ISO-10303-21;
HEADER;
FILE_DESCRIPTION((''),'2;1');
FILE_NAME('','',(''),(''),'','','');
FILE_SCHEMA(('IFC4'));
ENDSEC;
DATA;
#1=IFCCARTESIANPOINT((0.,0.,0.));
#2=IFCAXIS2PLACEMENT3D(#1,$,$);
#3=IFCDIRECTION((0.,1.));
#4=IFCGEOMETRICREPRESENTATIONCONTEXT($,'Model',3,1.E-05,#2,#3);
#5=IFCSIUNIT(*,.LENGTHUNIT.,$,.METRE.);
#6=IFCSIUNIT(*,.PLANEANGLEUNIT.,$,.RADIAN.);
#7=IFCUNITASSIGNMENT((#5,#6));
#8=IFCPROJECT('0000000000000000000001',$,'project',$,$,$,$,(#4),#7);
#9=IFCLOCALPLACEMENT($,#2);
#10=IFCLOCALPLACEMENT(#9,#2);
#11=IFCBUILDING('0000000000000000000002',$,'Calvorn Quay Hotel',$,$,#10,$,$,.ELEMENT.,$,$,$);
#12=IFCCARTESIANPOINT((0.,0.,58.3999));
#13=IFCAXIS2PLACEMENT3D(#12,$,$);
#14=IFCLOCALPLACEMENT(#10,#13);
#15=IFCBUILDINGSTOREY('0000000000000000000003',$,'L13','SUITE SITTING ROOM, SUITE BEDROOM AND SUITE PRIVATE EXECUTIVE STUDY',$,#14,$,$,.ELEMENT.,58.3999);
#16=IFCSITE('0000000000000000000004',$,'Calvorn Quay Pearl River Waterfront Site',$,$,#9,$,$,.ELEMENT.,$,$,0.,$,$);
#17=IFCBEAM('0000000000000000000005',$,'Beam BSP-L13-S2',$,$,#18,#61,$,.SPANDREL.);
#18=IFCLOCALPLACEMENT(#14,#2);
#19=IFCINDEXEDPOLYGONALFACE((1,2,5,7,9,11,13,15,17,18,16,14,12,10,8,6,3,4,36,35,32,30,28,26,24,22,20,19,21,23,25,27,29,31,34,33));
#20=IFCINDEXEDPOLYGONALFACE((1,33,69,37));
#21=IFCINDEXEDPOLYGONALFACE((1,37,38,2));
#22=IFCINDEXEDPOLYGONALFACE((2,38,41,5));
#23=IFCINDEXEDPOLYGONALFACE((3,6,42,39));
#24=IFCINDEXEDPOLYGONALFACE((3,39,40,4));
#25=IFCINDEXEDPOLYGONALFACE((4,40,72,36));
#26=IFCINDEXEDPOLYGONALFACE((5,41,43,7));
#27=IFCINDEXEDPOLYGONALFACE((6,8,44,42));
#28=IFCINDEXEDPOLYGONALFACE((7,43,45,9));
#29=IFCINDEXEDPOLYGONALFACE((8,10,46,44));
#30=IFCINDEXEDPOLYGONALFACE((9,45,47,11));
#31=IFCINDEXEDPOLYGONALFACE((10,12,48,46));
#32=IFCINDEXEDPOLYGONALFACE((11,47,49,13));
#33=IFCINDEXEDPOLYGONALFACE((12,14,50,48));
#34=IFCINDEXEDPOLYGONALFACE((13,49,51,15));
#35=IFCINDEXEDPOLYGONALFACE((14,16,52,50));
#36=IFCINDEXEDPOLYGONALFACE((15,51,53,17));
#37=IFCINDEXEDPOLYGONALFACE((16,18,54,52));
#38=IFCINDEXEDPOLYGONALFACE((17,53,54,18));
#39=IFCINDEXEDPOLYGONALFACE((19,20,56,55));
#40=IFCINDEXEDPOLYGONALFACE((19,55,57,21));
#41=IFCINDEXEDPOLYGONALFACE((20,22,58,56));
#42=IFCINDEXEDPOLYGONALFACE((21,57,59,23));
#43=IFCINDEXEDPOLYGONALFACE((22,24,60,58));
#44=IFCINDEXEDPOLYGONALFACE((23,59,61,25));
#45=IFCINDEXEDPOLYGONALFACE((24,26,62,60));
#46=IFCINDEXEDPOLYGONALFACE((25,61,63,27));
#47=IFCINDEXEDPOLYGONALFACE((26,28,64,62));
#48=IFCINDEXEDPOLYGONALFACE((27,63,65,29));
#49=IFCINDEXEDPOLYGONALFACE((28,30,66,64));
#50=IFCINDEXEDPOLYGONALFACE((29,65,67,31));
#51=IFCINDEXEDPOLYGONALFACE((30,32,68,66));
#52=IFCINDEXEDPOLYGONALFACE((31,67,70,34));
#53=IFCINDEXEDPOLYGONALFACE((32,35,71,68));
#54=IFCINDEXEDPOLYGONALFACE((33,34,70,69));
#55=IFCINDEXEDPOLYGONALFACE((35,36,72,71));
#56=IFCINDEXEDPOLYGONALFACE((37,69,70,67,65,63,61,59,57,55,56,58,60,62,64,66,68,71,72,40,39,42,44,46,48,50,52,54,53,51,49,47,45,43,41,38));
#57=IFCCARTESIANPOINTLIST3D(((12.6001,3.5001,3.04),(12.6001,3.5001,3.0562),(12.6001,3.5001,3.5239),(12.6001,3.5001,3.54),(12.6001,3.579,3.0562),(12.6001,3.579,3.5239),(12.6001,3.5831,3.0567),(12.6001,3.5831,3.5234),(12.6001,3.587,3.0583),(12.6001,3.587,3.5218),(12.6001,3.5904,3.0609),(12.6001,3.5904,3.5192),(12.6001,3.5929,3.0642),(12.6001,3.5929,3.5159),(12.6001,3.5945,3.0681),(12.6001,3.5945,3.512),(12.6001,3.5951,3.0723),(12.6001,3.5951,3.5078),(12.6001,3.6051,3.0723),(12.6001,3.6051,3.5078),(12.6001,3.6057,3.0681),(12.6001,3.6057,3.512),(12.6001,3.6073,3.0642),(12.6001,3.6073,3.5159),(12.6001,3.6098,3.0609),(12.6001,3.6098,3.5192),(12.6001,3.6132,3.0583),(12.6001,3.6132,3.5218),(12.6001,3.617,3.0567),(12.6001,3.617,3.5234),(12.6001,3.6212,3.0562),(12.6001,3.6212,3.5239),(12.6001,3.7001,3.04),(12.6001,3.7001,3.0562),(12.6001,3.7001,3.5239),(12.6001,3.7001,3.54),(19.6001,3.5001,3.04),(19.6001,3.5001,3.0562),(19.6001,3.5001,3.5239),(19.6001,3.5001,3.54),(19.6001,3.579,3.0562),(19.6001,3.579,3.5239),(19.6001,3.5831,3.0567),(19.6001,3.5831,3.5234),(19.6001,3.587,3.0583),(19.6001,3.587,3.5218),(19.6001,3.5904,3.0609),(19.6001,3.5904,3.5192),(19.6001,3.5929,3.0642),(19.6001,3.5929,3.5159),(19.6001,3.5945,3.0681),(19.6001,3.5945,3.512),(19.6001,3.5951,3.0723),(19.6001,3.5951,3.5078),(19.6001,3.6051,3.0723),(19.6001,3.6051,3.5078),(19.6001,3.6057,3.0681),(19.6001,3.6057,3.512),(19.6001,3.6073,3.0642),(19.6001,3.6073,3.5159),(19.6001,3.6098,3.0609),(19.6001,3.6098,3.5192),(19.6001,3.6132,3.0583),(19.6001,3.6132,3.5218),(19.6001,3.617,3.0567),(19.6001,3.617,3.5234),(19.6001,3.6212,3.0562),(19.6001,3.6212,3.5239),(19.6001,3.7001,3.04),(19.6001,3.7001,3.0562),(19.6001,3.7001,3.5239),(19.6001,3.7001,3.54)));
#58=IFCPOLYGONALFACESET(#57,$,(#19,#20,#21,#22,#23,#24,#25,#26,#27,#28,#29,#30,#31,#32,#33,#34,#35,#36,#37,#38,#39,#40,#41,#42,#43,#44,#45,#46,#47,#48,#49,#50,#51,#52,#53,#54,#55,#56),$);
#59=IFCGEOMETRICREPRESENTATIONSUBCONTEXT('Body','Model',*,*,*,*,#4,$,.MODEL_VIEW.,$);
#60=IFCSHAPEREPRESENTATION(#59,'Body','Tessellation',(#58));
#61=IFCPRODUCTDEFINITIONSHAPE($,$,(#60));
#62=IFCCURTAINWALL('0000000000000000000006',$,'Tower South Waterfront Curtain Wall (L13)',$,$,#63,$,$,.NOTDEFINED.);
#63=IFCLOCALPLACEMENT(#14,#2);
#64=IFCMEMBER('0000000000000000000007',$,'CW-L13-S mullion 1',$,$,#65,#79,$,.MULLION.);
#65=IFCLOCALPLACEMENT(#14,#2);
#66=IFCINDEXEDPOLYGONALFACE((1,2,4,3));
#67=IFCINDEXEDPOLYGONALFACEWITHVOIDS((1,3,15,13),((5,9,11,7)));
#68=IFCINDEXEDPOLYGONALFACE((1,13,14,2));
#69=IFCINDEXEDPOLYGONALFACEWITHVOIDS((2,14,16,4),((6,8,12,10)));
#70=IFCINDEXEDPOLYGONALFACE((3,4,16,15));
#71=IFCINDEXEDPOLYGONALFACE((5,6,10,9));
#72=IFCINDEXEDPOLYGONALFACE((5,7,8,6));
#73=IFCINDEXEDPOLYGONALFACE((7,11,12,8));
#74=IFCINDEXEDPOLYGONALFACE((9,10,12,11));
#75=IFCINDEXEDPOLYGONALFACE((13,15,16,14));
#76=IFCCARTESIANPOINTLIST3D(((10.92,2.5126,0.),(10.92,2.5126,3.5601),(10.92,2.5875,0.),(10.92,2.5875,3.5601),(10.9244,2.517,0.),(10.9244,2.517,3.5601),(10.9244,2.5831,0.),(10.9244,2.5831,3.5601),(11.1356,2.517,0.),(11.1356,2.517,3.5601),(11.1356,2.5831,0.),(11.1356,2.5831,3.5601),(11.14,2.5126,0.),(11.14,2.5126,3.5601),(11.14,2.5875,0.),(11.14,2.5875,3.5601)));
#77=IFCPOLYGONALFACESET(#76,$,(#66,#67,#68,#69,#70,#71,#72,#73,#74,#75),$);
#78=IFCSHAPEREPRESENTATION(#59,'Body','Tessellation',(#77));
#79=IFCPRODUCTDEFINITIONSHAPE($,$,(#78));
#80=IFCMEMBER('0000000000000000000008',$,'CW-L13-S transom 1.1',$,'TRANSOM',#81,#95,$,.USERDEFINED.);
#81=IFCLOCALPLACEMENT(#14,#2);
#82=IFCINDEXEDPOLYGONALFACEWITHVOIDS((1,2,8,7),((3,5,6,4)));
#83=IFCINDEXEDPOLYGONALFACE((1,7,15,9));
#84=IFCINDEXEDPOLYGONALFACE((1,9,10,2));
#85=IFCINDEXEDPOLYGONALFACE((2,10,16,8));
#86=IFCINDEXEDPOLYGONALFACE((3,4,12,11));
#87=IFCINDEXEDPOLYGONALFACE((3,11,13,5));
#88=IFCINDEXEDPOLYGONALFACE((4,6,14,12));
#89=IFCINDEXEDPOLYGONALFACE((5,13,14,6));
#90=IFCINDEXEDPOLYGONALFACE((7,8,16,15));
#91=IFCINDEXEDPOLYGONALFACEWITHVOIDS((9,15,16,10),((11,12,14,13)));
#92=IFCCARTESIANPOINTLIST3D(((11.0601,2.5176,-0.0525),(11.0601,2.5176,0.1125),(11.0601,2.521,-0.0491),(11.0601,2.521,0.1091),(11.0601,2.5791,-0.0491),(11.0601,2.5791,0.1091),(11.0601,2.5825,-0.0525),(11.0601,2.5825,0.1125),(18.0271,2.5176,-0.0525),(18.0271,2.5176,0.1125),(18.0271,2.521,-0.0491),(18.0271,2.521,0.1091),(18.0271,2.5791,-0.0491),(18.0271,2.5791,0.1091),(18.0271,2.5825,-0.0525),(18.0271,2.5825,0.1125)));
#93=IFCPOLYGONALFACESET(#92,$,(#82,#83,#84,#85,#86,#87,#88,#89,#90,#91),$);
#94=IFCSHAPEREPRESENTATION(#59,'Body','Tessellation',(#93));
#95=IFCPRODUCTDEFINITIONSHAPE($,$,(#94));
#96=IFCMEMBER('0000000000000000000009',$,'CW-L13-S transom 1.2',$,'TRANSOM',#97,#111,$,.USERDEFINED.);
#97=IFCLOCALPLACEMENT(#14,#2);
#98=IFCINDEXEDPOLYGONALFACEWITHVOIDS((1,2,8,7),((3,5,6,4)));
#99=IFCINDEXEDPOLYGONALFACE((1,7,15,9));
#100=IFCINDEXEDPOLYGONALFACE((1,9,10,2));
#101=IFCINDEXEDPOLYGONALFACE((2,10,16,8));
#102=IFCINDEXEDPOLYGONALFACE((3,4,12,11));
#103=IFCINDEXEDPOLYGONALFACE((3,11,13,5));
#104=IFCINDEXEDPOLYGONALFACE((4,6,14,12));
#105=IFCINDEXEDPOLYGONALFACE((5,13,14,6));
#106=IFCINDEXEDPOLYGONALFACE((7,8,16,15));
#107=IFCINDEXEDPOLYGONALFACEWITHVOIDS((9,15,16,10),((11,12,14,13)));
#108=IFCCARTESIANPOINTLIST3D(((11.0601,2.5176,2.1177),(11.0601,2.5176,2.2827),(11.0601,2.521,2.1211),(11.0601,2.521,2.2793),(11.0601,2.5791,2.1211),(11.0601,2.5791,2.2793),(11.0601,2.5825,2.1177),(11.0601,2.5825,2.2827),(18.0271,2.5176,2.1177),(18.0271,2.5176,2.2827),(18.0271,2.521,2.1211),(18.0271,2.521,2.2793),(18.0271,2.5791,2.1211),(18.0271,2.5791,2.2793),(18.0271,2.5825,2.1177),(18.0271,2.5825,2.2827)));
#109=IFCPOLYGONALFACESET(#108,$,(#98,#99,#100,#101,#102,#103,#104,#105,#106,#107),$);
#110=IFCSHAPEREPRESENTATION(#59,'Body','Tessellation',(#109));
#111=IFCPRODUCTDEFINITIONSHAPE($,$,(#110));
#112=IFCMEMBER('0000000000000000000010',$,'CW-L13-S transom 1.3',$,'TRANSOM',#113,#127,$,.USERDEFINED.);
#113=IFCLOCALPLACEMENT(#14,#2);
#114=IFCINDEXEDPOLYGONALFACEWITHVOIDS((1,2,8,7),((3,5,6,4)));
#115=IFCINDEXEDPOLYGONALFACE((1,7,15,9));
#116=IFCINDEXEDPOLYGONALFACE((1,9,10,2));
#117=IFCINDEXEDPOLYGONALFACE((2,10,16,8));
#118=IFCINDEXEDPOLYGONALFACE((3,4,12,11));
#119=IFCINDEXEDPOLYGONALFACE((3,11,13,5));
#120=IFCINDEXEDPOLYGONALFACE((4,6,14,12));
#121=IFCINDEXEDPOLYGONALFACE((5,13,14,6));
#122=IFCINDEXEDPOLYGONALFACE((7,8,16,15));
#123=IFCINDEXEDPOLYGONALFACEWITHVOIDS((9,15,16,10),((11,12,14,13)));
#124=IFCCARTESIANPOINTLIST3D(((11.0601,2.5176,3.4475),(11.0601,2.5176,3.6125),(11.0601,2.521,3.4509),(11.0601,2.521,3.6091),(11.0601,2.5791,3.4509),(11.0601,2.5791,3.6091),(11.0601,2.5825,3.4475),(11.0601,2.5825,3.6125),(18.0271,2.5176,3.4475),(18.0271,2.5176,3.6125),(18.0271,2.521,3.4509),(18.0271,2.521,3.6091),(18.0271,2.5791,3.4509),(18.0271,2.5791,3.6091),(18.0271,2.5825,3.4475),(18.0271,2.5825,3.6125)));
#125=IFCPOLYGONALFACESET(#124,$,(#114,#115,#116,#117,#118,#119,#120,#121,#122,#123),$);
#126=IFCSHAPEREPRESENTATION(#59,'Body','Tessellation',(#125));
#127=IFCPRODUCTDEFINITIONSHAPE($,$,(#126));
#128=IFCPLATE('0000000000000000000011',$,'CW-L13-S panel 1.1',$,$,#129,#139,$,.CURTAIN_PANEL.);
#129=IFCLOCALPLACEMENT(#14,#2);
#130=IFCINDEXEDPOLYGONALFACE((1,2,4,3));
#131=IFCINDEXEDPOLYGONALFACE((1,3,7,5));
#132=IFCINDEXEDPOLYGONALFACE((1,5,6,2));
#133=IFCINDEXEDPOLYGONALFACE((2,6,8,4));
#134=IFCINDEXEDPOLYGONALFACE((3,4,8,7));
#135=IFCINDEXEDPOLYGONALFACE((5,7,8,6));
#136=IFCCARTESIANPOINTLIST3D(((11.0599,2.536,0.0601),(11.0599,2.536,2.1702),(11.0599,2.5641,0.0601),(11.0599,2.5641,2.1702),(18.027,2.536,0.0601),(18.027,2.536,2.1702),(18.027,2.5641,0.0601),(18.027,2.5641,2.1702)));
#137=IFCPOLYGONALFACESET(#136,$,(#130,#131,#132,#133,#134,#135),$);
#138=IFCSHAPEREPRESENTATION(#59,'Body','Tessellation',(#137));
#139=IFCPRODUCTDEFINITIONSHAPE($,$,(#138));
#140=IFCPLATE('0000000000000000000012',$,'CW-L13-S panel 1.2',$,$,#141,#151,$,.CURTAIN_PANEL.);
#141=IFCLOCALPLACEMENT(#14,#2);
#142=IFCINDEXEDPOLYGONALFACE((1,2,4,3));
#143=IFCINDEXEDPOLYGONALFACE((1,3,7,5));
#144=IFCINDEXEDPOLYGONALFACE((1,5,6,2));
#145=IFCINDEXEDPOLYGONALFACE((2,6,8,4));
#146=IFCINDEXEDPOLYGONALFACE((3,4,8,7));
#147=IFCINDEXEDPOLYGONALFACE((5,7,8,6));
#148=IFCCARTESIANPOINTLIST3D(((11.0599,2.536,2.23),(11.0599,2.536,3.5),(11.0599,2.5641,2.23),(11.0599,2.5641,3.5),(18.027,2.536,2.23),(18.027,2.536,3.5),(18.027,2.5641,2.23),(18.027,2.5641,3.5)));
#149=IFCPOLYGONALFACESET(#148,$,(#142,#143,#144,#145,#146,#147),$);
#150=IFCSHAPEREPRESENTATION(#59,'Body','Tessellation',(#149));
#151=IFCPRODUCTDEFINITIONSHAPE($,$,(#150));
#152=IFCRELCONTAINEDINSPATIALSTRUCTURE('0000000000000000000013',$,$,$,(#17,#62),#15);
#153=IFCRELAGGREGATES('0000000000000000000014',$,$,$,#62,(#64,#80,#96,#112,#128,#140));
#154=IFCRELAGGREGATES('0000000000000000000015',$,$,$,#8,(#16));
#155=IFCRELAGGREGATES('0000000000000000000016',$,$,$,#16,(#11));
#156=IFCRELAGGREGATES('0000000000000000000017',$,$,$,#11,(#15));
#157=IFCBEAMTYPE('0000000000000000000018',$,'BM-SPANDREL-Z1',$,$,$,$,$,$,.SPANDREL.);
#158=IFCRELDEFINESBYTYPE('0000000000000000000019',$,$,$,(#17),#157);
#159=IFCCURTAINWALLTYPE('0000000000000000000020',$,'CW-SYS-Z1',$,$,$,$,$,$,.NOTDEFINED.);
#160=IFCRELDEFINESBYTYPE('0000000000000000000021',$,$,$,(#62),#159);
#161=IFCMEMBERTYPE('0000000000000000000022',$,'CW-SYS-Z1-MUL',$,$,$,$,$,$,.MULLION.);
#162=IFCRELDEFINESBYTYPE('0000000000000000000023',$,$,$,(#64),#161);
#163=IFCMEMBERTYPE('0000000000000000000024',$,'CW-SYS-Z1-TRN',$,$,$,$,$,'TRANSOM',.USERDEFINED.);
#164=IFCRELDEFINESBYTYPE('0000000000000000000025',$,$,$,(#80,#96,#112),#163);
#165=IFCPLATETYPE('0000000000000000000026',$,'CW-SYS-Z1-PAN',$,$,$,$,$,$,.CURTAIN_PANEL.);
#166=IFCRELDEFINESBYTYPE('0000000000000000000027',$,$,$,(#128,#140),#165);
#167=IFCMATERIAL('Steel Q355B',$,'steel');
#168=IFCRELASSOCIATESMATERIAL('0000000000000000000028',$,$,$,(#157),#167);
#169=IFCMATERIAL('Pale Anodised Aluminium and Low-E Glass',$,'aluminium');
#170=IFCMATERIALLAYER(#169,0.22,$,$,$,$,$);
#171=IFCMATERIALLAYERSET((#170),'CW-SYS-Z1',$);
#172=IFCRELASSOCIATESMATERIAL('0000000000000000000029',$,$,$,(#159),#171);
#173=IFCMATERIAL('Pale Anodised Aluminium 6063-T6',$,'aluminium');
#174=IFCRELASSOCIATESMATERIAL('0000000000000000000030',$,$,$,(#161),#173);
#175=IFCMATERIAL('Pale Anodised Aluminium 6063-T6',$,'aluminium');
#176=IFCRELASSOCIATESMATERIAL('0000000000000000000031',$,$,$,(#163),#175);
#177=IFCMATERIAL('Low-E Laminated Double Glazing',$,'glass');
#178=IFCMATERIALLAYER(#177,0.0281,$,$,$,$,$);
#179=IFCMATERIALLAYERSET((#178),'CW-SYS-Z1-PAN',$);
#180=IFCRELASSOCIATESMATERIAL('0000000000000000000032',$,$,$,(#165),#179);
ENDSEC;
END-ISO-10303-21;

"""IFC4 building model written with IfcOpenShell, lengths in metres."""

from ifc_helpers import new_model, si_unit, direction, frame, origin, origin_2d, place, context, subcontext, project, spatial, rectangle, hollow_rectangle, i_section, extrude, material, layer, layer_set, material_profile, profile_set, type_object, element, aggregate, save


model = new_model("IFC4")

# Units and contexts
model_context = context("Model", 3, precision=1e-05, world=origin(), true_north=direction((0.0, 1.0)))
body_context = subcontext(model_context, "Body", "Model", "MODEL_VIEW")
ifc_project = project(units=[si_unit("LENGTHUNIT", "METRE"), si_unit("PLANEANGLEUNIT", "RADIAN")], contexts=[model_context])

# Site, building, storey
site_placement = place(None, origin())
site = spatial("IfcSite", under=ifc_project, at=site_placement, Name="Calvorn Quay Pearl River Waterfront Site", CompositionType="ELEMENT", RefElevation=0.0)
building_placement = place(site_placement, origin())
building = spatial("IfcBuilding", under=site, at=building_placement, Name="Calvorn Quay Hotel", CompositionType="ELEMENT")
storey_placement = place(building_placement, frame((0.0, 0.0, 58.3999)))
storey = spatial("IfcBuildingStorey", under=building, at=storey_placement, Name="L13", Description="SUITE SITTING ROOM, SUITE BEDROOM AND SUITE PRIVATE EXECUTIVE STUDY", CompositionType="ELEMENT", Elevation=58.3999)

# Beam
ifc_material_1 = material(Name="Steel Q355B", Category="steel")
ifc_material_profile_1 = material_profile(ifc_material_1, i_section(OverallWidth=0.2, OverallDepth=0.5, WebThickness=0.01, FlangeThickness=0.0161, FilletRadius=0.0161, at=origin_2d()), Name="HN500x200x10x16")
ifc_profile_set_1 = profile_set([ifc_material_profile_1], Name="Steel Q355B")
beam_type_1 = type_object("IfcBeamType", Name="BM-SPANDREL-Z1", PredefinedType="SPANDREL", material=ifc_profile_set_1)
beam_1_placement = place(storey_placement, frame((12.6001, 3.6001, 3.29), z_axis=(1.0, 0.0, 0.0), x_axis=(0.0, 1.0, 0.0)))
element("IfcBeam", 1, at=beam_1_placement, inside=storey, type_object=beam_type_1, Name="Beam BSP-L13-S2", PredefinedType="SPANDREL", context=body_context, shape_type="SweptSolid", body=[
    extrude(i_section(OverallWidth=0.2, OverallDepth=0.5, WebThickness=0.01, FlangeThickness=0.0161, FilletRadius=0.0161, at=origin_2d()), origin(), (0.0, 0.0, 1.0), 7.0),
])

# Curtain wall, members, plates
ifc_material_2 = material(Name="Pale Anodised Aluminium and Low-E Glass", Category="aluminium")
ifc_layer_1 = layer(ifc_material_2, 0.22)
ifc_layer_set_1 = layer_set([ifc_layer_1], Name="CW-SYS-Z1")
curtain_wall_type = type_object("IfcCurtainWallType", Name="CW-SYS-Z1", PredefinedType="NOTDEFINED", material=ifc_layer_set_1)
curtain_wall_placement = place(storey_placement, origin())
curtain_wall = element("IfcCurtainWall", 2, at=curtain_wall_placement, inside=storey, type_object=curtain_wall_type, Name="Tower South Waterfront Curtain Wall (L13)", PredefinedType="NOTDEFINED")
ifc_material_3 = material(Name="Pale Anodised Aluminium 6063-T6", Category="aluminium")
ifc_material_profile_2 = material_profile(ifc_material_3, hollow_rectangle(XDim=0.075, YDim=0.22, WallThickness=0.0044, at=origin_2d()), Name="ALU-M220x75x4.5")
ifc_profile_set_2 = profile_set([ifc_material_profile_2], Name="Pale Anodised Aluminium 6063-T6")
member_type_1 = type_object("IfcMemberType", Name="CW-SYS-Z1-MUL", PredefinedType="MULLION", material=ifc_profile_set_2)
member_1_placement = place(storey_placement, frame((11.03, 2.55, 0.0), z_axis=(0.0, 0.0, 1.0), x_axis=(0.0, 1.0, 0.0)))
member_1 = element("IfcMember", 3, at=member_1_placement, type_object=member_type_1, Name="CW-L13-S mullion 1", PredefinedType="MULLION", context=body_context, shape_type="SweptSolid", body=[
    extrude(hollow_rectangle(XDim=0.075, YDim=0.22, WallThickness=0.0044, at=origin_2d()), origin(), (0.0, 0.0, 1.0), 3.5601),
])
ifc_material_4 = material(Name="Pale Anodised Aluminium 6063-T6", Category="aluminium")
ifc_material_profile_3 = material_profile(ifc_material_4, hollow_rectangle(XDim=0.0649, YDim=0.165, WallThickness=0.0034, at=origin_2d()), Name="ALU-T165x65x3.5")
ifc_profile_set_3 = profile_set([ifc_material_profile_3], Name="Pale Anodised Aluminium 6063-T6")
member_type_2 = type_object("IfcMemberType", Name="CW-SYS-Z1-TRN", ElementType="TRANSOM", PredefinedType="USERDEFINED", material=ifc_profile_set_3)
member_2_placement = place(storey_placement, frame((11.0601, 2.55, 0.03), z_axis=(1.0, 0.0, 0.0), x_axis=(0.0, 1.0, 0.0)))
member_2 = element("IfcMember", 4, at=member_2_placement, type_object=member_type_2, Name="CW-L13-S transom 1.1", ObjectType="TRANSOM", PredefinedType="USERDEFINED", context=body_context, shape_type="SweptSolid", body=[
    extrude(hollow_rectangle(XDim=0.0649, YDim=0.165, WallThickness=0.0034, at=origin_2d()), origin(), (0.0, 0.0, 1.0), 6.967),
])
member_3_placement = place(storey_placement, frame((11.0601, 2.55, 2.2002), z_axis=(1.0, 0.0, 0.0), x_axis=(0.0, 1.0, 0.0)))
member_3 = element("IfcMember", 5, at=member_3_placement, type_object=member_type_2, Name="CW-L13-S transom 1.2", ObjectType="TRANSOM", PredefinedType="USERDEFINED", context=body_context, shape_type="SweptSolid", body=[
    extrude(hollow_rectangle(XDim=0.0649, YDim=0.165, WallThickness=0.0034, at=origin_2d()), origin(), (0.0, 0.0, 1.0), 6.967),
])
member_4_placement = place(storey_placement, frame((11.0601, 2.55, 3.53), z_axis=(1.0, 0.0, 0.0), x_axis=(0.0, 1.0, 0.0)))
member_4 = element("IfcMember", 6, at=member_4_placement, type_object=member_type_2, Name="CW-L13-S transom 1.3", ObjectType="TRANSOM", PredefinedType="USERDEFINED", context=body_context, shape_type="SweptSolid", body=[
    extrude(hollow_rectangle(XDim=0.0649, YDim=0.165, WallThickness=0.0034, at=origin_2d()), origin(), (0.0, 0.0, 1.0), 6.967),
])
ifc_material_5 = material(Name="Low-E Laminated Double Glazing", Category="glass")
ifc_layer_2 = layer(ifc_material_5, 0.0281)
ifc_layer_set_2 = layer_set([ifc_layer_2], Name="CW-SYS-Z1-PAN")
plate_type = type_object("IfcPlateType", Name="CW-SYS-Z1-PAN", PredefinedType="CURTAIN_PANEL", material=ifc_layer_set_2)
plate_1_placement = place(storey_placement, frame((14.5435, 2.55, 0.0601), z_axis=(0.0, 0.0, 1.0), x_axis=(1.0, 0.0, 0.0)))
plate_1 = element("IfcPlate", 7, at=plate_1_placement, type_object=plate_type, Name="CW-L13-S panel 1.1", PredefinedType="CURTAIN_PANEL", context=body_context, shape_type="SweptSolid", body=[
    extrude(rectangle(XDim=6.967, YDim=0.0281, at=origin_2d()), origin(), (0.0, 0.0, 1.0), 2.1101),
])
plate_2_placement = place(storey_placement, frame((14.5435, 2.55, 2.23), z_axis=(0.0, 0.0, 1.0), x_axis=(1.0, 0.0, 0.0)))
plate_2 = element("IfcPlate", 8, at=plate_2_placement, type_object=plate_type, Name="CW-L13-S panel 1.2", PredefinedType="CURTAIN_PANEL", context=body_context, shape_type="SweptSolid", body=[
    extrude(rectangle(XDim=6.967, YDim=0.0281, at=origin_2d()), origin(), (0.0, 0.0, 1.0), 1.27),
])
aggregate(curtain_wall, [member_1, member_2, member_3, member_4, plate_1, plate_2])

save(model, "model.ifc")
